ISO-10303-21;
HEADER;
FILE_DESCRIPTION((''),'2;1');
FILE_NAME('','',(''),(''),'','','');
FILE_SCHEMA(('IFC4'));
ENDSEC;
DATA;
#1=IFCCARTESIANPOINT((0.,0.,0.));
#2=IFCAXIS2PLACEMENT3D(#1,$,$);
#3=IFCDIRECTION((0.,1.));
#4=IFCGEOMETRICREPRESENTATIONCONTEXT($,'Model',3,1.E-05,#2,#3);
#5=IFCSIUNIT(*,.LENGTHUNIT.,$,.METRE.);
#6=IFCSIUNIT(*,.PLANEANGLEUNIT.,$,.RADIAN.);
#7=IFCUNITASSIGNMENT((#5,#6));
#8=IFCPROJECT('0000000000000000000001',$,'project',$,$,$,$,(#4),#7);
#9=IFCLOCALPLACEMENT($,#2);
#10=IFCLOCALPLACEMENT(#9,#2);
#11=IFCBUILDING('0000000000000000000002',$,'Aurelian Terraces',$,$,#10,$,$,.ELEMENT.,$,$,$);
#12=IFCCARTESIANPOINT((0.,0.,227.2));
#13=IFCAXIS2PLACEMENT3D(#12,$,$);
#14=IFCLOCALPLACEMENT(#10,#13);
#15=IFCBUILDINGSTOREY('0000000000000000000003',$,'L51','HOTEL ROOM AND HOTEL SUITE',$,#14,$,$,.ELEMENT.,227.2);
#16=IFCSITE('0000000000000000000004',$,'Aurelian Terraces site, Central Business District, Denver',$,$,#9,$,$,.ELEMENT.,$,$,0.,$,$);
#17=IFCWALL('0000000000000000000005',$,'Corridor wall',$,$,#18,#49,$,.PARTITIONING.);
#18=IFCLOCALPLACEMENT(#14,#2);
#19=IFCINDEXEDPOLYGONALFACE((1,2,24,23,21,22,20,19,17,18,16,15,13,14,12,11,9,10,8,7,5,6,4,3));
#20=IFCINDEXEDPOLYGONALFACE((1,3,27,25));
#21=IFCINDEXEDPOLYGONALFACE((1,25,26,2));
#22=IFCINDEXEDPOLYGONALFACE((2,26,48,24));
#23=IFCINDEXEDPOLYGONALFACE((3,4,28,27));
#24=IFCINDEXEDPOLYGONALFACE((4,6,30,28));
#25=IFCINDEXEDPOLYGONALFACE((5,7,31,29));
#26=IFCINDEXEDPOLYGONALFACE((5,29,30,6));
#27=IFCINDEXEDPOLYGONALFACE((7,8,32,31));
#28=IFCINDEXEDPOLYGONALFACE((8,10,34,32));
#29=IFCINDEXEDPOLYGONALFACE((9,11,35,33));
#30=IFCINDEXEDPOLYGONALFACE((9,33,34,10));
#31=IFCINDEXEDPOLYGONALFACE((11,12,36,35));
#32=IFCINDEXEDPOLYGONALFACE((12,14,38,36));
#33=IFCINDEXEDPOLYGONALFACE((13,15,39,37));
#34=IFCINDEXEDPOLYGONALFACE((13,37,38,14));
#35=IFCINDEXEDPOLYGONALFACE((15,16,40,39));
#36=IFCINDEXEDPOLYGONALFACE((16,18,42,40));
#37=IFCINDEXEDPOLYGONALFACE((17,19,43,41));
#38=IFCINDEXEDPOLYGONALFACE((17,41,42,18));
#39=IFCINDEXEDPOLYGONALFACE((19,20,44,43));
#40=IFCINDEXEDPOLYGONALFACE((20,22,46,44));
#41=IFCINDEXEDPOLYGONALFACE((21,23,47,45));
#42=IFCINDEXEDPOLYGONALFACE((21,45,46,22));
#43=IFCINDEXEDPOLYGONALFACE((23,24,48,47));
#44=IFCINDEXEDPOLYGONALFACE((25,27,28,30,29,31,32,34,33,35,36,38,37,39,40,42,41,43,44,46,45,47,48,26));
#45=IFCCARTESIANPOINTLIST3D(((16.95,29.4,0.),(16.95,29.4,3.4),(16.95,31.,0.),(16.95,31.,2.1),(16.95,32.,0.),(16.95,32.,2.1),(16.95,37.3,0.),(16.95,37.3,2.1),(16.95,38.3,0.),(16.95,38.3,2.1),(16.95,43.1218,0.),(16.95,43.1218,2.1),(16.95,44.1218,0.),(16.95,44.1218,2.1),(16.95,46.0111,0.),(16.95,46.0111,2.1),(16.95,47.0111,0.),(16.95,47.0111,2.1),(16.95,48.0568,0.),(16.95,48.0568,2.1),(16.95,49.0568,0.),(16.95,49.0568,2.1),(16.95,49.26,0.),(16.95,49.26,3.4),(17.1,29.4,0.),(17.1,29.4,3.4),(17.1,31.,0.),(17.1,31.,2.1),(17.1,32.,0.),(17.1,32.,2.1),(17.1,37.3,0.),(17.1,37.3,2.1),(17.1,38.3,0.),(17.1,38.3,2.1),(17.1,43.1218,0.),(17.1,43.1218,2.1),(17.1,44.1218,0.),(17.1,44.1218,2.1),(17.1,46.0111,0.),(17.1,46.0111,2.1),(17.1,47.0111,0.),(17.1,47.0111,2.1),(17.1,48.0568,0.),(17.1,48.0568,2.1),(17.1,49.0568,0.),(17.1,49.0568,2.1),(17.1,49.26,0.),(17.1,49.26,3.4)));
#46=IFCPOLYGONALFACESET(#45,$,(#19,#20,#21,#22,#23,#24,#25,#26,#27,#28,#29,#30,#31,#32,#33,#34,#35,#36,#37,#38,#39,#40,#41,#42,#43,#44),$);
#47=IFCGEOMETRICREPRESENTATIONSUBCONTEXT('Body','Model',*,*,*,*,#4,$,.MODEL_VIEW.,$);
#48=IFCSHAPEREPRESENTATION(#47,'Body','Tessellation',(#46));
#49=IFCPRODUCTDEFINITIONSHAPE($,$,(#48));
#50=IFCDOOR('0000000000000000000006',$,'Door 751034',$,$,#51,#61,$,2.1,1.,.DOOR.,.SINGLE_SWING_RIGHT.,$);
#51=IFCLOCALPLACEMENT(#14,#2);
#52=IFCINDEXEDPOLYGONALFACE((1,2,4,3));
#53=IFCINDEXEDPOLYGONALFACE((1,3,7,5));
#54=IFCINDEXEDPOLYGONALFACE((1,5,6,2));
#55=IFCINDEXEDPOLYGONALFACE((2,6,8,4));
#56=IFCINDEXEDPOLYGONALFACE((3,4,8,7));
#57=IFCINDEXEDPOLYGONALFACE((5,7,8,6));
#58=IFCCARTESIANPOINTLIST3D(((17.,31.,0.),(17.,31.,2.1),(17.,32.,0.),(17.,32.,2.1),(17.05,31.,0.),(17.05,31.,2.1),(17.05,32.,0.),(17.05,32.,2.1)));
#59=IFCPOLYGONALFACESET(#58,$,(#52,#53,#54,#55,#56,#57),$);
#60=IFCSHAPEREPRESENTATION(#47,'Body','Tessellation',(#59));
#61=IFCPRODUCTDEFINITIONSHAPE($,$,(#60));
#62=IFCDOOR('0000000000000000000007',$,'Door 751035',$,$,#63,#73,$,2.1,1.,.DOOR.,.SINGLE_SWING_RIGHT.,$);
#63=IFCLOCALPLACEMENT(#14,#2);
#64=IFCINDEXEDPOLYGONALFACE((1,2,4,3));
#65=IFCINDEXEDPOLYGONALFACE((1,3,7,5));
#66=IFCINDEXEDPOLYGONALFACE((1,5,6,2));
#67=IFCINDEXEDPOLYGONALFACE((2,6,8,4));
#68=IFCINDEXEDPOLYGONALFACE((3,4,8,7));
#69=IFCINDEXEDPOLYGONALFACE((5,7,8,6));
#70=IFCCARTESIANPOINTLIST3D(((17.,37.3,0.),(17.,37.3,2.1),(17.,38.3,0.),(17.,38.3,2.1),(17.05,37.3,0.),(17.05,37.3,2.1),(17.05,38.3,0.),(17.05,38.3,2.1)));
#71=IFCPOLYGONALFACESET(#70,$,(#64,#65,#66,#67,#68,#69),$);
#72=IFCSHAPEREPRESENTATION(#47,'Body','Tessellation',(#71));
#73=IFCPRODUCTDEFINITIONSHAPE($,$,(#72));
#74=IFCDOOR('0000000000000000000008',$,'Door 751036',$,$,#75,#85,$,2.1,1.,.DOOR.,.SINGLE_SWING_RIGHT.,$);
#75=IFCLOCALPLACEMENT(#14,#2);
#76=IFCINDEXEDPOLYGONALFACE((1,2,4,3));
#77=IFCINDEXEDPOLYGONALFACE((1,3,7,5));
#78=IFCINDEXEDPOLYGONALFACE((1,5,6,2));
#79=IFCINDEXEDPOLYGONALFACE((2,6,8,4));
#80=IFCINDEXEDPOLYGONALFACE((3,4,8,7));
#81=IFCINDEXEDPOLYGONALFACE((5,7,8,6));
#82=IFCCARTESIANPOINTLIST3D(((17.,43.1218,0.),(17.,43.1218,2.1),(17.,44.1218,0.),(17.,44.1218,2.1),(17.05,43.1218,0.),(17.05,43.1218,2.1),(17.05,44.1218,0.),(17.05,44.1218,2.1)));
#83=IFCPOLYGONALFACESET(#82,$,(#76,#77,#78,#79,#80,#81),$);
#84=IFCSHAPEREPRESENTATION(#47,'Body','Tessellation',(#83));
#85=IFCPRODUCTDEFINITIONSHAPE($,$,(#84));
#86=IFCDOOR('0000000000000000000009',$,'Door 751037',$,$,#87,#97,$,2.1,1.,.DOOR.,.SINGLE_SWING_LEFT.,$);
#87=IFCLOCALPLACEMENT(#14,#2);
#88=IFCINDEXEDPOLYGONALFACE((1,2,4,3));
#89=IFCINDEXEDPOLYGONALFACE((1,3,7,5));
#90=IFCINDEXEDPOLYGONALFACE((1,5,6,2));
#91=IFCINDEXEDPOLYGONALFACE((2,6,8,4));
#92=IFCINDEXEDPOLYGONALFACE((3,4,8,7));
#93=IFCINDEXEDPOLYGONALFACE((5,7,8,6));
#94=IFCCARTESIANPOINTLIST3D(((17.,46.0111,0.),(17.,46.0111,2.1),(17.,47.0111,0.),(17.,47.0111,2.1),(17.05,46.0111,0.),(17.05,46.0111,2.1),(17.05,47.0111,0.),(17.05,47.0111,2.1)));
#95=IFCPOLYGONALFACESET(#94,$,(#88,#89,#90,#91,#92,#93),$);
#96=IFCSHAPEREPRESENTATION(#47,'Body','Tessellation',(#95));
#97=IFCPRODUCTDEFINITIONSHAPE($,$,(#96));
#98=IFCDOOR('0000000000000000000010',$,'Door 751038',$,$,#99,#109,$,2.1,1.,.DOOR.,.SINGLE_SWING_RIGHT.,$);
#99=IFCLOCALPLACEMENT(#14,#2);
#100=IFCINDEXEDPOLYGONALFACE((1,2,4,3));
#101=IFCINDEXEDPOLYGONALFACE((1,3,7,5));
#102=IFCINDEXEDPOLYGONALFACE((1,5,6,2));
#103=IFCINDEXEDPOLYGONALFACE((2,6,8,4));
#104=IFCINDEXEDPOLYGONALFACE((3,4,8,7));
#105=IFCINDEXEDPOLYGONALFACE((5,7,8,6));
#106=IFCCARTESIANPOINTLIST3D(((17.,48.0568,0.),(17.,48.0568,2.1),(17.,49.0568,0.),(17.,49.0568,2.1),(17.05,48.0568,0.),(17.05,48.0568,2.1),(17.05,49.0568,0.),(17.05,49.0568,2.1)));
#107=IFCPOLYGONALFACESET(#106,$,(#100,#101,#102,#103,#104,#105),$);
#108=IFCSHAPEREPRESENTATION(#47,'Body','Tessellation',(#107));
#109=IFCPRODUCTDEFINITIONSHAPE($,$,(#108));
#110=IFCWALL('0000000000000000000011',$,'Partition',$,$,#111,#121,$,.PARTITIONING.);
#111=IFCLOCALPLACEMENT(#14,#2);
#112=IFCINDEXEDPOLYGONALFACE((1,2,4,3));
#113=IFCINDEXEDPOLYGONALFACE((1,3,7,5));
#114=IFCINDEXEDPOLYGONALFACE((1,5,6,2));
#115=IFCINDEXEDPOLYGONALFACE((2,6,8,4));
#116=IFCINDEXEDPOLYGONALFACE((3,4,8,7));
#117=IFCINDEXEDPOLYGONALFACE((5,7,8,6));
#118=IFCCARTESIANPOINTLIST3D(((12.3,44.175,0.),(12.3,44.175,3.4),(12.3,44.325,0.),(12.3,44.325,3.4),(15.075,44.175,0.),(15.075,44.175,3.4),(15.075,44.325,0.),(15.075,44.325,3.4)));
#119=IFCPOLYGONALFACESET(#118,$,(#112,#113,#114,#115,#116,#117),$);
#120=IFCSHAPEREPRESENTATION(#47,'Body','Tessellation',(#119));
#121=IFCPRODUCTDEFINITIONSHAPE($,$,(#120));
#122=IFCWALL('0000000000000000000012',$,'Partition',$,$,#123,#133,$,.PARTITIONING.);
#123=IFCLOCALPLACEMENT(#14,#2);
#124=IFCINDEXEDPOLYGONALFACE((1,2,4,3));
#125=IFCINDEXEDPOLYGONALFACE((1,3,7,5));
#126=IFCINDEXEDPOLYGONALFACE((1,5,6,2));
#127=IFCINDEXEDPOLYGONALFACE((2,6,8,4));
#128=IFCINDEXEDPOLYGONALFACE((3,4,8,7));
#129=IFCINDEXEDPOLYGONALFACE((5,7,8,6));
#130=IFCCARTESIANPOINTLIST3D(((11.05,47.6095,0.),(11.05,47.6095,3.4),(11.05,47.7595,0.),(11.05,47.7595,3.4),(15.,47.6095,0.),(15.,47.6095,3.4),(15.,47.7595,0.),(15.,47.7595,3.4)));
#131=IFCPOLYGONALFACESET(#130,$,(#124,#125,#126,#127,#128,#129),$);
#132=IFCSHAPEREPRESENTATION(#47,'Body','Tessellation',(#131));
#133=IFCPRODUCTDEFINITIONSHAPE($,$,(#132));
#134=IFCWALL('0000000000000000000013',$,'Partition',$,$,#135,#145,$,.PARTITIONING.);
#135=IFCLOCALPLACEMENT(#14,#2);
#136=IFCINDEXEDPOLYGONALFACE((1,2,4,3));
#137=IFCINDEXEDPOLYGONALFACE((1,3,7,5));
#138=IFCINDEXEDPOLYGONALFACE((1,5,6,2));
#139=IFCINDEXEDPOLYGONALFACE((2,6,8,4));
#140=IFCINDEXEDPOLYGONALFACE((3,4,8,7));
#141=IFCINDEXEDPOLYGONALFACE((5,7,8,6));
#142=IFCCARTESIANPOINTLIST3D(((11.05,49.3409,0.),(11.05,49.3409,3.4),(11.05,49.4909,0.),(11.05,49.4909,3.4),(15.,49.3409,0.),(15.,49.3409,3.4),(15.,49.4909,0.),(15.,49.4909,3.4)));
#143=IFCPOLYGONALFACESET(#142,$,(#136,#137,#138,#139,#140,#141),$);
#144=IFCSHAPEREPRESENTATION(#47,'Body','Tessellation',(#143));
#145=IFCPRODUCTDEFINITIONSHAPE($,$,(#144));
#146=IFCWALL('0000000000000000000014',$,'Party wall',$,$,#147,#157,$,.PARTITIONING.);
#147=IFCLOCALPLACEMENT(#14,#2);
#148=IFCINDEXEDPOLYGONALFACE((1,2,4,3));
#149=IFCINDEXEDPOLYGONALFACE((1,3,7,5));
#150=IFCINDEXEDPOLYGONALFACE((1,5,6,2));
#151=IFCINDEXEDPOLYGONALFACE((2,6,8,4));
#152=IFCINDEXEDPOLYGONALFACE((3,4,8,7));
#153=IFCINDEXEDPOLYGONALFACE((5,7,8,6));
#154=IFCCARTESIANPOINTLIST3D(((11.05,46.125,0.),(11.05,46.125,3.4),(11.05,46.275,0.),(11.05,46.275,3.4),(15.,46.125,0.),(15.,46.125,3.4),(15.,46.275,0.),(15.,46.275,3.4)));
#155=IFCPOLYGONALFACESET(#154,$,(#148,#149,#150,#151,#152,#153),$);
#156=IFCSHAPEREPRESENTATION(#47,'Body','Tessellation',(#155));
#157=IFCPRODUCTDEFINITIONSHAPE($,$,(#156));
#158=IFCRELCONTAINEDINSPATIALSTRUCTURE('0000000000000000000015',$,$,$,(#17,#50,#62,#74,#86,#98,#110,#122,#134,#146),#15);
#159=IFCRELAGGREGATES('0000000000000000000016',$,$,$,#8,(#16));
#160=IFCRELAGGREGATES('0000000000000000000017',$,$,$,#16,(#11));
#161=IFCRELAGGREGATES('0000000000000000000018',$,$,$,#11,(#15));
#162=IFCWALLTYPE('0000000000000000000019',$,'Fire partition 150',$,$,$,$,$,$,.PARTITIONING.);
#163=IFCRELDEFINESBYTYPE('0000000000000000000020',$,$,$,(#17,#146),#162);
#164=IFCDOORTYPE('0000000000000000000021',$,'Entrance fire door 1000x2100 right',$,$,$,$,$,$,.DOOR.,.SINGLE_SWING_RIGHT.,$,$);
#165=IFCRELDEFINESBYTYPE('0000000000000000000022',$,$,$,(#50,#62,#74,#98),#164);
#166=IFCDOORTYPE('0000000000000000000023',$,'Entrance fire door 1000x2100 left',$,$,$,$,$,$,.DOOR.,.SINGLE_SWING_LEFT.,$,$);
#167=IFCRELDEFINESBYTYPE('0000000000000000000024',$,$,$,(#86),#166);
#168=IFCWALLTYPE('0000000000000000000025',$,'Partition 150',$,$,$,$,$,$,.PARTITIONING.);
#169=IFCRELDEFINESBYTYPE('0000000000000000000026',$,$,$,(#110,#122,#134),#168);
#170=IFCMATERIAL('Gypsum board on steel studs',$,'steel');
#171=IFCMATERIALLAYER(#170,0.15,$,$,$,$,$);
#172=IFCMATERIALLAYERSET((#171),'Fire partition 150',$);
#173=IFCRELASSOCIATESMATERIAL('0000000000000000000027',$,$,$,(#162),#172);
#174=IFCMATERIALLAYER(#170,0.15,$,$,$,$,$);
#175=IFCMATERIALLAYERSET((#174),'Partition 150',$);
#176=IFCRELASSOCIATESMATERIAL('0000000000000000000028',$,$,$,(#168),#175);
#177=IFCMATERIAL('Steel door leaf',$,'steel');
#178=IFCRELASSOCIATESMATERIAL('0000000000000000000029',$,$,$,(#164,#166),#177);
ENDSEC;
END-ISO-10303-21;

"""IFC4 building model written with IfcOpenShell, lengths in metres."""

from ifc_helpers import new_model, si_unit, direction, frame, frame_2d, origin, place, context, subcontext, project, spatial, rectangle, extrude, source, transform, mapped, material, layer, layer_set, type_object, element, fill, save


model = new_model("IFC4")

# Units and contexts
model_context = context("Model", 3, precision=1e-05, world=origin(), true_north=direction((0.0, 1.0)))
body_context = subcontext(model_context, "Body", "Model", "MODEL_VIEW")
ifc_project = project(units=[si_unit("LENGTHUNIT", "METRE"), si_unit("PLANEANGLEUNIT", "RADIAN")], contexts=[model_context])

# Site, building, storey
site_placement = place(None, origin())
site = spatial("IfcSite", under=ifc_project, at=site_placement, Name="Aurelian Terraces site, Central Business District, Denver", CompositionType="ELEMENT", RefElevation=0.0)
building_placement = place(site_placement, origin())
building = spatial("IfcBuilding", under=site, at=building_placement, Name="Aurelian Terraces", CompositionType="ELEMENT")
storey_placement = place(building_placement, frame((0.0, 0.0, 227.2)))
storey = spatial("IfcBuildingStorey", under=building, at=storey_placement, Name="L51", Description="HOTEL ROOM AND HOTEL SUITE", CompositionType="ELEMENT", Elevation=227.2)

# Shared definitions
ifc_material_1 = material(Name="Gypsum board on steel studs", Category="steel")
ifc_layer_1 = layer(ifc_material_1, 0.15)
ifc_layer_set_1 = layer_set([ifc_layer_1], Name="Fire partition 150")
wall_type_1 = type_object("IfcWallType", Name="Fire partition 150", PredefinedType="PARTITIONING", material=ifc_layer_set_1)

# Shared definitions
ifc_layer_2 = layer(ifc_material_1, 0.15)
ifc_layer_set_2 = layer_set([ifc_layer_2], Name="Partition 150")
wall_type_2 = type_object("IfcWallType", Name="Partition 150", PredefinedType="PARTITIONING", material=ifc_layer_set_2)

# Wall, openings, doors
shared_shape_1 = source(origin(), body_context, "Body", "SweptSolid", [
    extrude(rectangle(XDim=1.0, YDim=2.1, at=frame_2d((0.5, 1.05))), frame((0.0, 0.085, 0.0), z_axis=(0.0, -1.0, 0.0), x_axis=(1.0, 0.0, 0.0)), (0.0, 0.0, 1.0), 0.17),
])
ifc_material_2 = material(Name="Steel door leaf", Category="steel")
door_type_1 = type_object("IfcDoorType", Name="Entrance fire door 1000x2100 right", OperationType="SINGLE_SWING_RIGHT", PredefinedType="DOOR", material=ifc_material_2)
shared_shape_2 = source(origin(), body_context, "Body", "SweptSolid", [
    extrude(rectangle(XDim=1.0, YDim=2.1, at=frame_2d((0.5, 1.05))), frame((0.0, 0.025, 0.0), z_axis=(0.0, -1.0, 0.0), x_axis=(1.0, 0.0, 0.0)), (0.0, 0.0, 1.0), 0.05),
])
shared_shape_3 = source(origin(), body_context, "Body", "SweptSolid", [
    extrude(rectangle(XDim=19.86, YDim=0.15, at=frame_2d((9.93, 0.0))), origin(), (0.0, 0.0, 1.0), 3.4),
])
wall_1_placement = place(storey_placement, frame((17.025, 49.26, 0.0), z_axis=(0.0, 0.0, 1.0), x_axis=(0.0, -1.0, 0.0)))
wall_1 = element("IfcWall", 1, at=wall_1_placement, inside=storey, type_object=wall_type_1, Name="Corridor wall", PredefinedType="PARTITIONING", context=body_context, shape_type="MappedRepresentation", body=[
    mapped(shared_shape_3, transform((0.0, 0.0, 0.0), scale=1.0)),
])
opening_1_placement = place(wall_1_placement, frame((17.26, 0.0, 0.0)))
opening_1 = element("IfcOpeningElement", 2, at=opening_1_placement, cuts=wall_1, PredefinedType="OPENING", context=body_context, shape_type="MappedRepresentation", body=[
    mapped(shared_shape_1, transform((0.0, 0.0, 0.0), scale=1.0)),
])
opening_2_placement = place(wall_1_placement, frame((10.96, 0.0, 0.0)))
opening_2 = element("IfcOpeningElement", 3, at=opening_2_placement, cuts=wall_1, PredefinedType="OPENING", context=body_context, shape_type="MappedRepresentation", body=[
    mapped(shared_shape_1, transform((0.0, 0.0, 0.0), scale=1.0)),
])
opening_3_placement = place(wall_1_placement, frame((5.1382, 0.0, 0.0)))
opening_3 = element("IfcOpeningElement", 4, at=opening_3_placement, cuts=wall_1, PredefinedType="OPENING", context=body_context, shape_type="MappedRepresentation", body=[
    mapped(shared_shape_1, transform((0.0, 0.0, 0.0), scale=1.0)),
])
opening_4_placement = place(wall_1_placement, frame((2.2489, 0.0, 0.0)))
opening_4 = element("IfcOpeningElement", 5, at=opening_4_placement, cuts=wall_1, PredefinedType="OPENING", context=body_context, shape_type="MappedRepresentation", body=[
    mapped(shared_shape_1, transform((0.0, 0.0, 0.0), scale=1.0)),
])
opening_5_placement = place(wall_1_placement, frame((0.2032, 0.0, 0.0)))
opening_5 = element("IfcOpeningElement", 6, at=opening_5_placement, cuts=wall_1, PredefinedType="OPENING", context=body_context, shape_type="MappedRepresentation", body=[
    mapped(shared_shape_1, transform((0.0, 0.0, 0.0), scale=1.0)),
])
door_1_placement = place(opening_1_placement, origin())
door_1 = element("IfcDoor", 7, at=door_1_placement, inside=storey, type_object=door_type_1, Name="Door 751034", OperationType="SINGLE_SWING_RIGHT", OverallHeight=2.1, OverallWidth=1.0, PredefinedType="DOOR", context=body_context, shape_type="MappedRepresentation", body=[
    mapped(shared_shape_2, transform((0.0, 0.0, 0.0), scale=1.0)),
])
fill(opening_1, door_1)
door_2_placement = place(opening_2_placement, origin())
door_2 = element("IfcDoor", 8, at=door_2_placement, inside=storey, type_object=door_type_1, Name="Door 751035", OperationType="SINGLE_SWING_RIGHT", OverallHeight=2.1, OverallWidth=1.0, PredefinedType="DOOR", context=body_context, shape_type="MappedRepresentation", body=[
    mapped(shared_shape_2, transform((0.0, 0.0, 0.0), scale=1.0)),
])
fill(opening_2, door_2)
door_3_placement = place(opening_3_placement, origin())
door_3 = element("IfcDoor", 9, at=door_3_placement, inside=storey, type_object=door_type_1, Name="Door 751036", OperationType="SINGLE_SWING_RIGHT", OverallHeight=2.1, OverallWidth=1.0, PredefinedType="DOOR", context=body_context, shape_type="MappedRepresentation", body=[
    mapped(shared_shape_2, transform((0.0, 0.0, 0.0), scale=1.0)),
])
fill(opening_3, door_3)
door_type_2 = type_object("IfcDoorType", Name="Entrance fire door 1000x2100 left", OperationType="SINGLE_SWING_LEFT", PredefinedType="DOOR", material=ifc_material_2)
door_4_placement = place(opening_4_placement, origin())
door_4 = element("IfcDoor", 10, at=door_4_placement, inside=storey, type_object=door_type_2, Name="Door 751037", OperationType="SINGLE_SWING_LEFT", OverallHeight=2.1, OverallWidth=1.0, PredefinedType="DOOR", context=body_context, shape_type="MappedRepresentation", body=[
    mapped(shared_shape_2, transform((0.0, 0.0, 0.0), scale=1.0)),
])
fill(opening_4, door_4)
door_5_placement = place(opening_5_placement, origin())
door_5 = element("IfcDoor", 11, at=door_5_placement, inside=storey, type_object=door_type_1, Name="Door 751038", OperationType="SINGLE_SWING_RIGHT", OverallHeight=2.1, OverallWidth=1.0, PredefinedType="DOOR", context=body_context, shape_type="MappedRepresentation", body=[
    mapped(shared_shape_2, transform((0.0, 0.0, 0.0), scale=1.0)),
])
fill(opening_5, door_5)

# Walls
shared_shape_4 = source(origin(), body_context, "Body", "SweptSolid", [
    extrude(rectangle(XDim=2.775, YDim=0.15, at=frame_2d((1.3875, 0.0))), origin(), (0.0, 0.0, 1.0), 3.4),
])
wall_2_placement = place(storey_placement, frame((15.075, 44.25, 0.0), z_axis=(0.0, 0.0, 1.0), x_axis=(-1.0, 0.0, 0.0)))
element("IfcWall", 12, at=wall_2_placement, inside=storey, type_object=wall_type_2, Name="Partition", PredefinedType="PARTITIONING", context=body_context, shape_type="MappedRepresentation", body=[
    mapped(shared_shape_4, transform((0.0, 0.0, 0.0), scale=1.0)),
])
shared_shape_5 = source(origin(), body_context, "Body", "SweptSolid", [
    extrude(rectangle(XDim=3.95, YDim=0.15, at=frame_2d((1.975, 0.0))), origin(), (0.0, 0.0, 1.0), 3.4),
])
for number, where, z_axis, x_axis, name in (
    (13, (15.0, 47.6845, 0.0), (0.0, 0.0, 1.0), (-1.0, 0.0, 0.0), "Partition"),
    (14, (15.0, 49.4159, 0.0), (0.0, 0.0, 1.0), (-1.0, 0.0, 0.0), "Partition"),
):
    element("IfcWall", number, at=place(storey_placement, frame(where, z_axis=z_axis, x_axis=x_axis)), inside=storey, type_object=wall_type_2, Name=name, PredefinedType="PARTITIONING", context=body_context, shape_type="MappedRepresentation", body=[
        mapped(shared_shape_5, transform((0.0, 0.0, 0.0), scale=1.0)),
    ])
wall_3_placement = place(storey_placement, frame((15.0, 46.2, 0.0), z_axis=(0.0, 0.0, 1.0), x_axis=(-1.0, 0.0, 0.0)))
element("IfcWall", 15, at=wall_3_placement, inside=storey, type_object=wall_type_1, Name="Party wall", PredefinedType="PARTITIONING", context=body_context, shape_type="MappedRepresentation", body=[
    mapped(shared_shape_5, transform((0.0, 0.0, 0.0), scale=1.0)),
])

save(model, "model.ifc")
